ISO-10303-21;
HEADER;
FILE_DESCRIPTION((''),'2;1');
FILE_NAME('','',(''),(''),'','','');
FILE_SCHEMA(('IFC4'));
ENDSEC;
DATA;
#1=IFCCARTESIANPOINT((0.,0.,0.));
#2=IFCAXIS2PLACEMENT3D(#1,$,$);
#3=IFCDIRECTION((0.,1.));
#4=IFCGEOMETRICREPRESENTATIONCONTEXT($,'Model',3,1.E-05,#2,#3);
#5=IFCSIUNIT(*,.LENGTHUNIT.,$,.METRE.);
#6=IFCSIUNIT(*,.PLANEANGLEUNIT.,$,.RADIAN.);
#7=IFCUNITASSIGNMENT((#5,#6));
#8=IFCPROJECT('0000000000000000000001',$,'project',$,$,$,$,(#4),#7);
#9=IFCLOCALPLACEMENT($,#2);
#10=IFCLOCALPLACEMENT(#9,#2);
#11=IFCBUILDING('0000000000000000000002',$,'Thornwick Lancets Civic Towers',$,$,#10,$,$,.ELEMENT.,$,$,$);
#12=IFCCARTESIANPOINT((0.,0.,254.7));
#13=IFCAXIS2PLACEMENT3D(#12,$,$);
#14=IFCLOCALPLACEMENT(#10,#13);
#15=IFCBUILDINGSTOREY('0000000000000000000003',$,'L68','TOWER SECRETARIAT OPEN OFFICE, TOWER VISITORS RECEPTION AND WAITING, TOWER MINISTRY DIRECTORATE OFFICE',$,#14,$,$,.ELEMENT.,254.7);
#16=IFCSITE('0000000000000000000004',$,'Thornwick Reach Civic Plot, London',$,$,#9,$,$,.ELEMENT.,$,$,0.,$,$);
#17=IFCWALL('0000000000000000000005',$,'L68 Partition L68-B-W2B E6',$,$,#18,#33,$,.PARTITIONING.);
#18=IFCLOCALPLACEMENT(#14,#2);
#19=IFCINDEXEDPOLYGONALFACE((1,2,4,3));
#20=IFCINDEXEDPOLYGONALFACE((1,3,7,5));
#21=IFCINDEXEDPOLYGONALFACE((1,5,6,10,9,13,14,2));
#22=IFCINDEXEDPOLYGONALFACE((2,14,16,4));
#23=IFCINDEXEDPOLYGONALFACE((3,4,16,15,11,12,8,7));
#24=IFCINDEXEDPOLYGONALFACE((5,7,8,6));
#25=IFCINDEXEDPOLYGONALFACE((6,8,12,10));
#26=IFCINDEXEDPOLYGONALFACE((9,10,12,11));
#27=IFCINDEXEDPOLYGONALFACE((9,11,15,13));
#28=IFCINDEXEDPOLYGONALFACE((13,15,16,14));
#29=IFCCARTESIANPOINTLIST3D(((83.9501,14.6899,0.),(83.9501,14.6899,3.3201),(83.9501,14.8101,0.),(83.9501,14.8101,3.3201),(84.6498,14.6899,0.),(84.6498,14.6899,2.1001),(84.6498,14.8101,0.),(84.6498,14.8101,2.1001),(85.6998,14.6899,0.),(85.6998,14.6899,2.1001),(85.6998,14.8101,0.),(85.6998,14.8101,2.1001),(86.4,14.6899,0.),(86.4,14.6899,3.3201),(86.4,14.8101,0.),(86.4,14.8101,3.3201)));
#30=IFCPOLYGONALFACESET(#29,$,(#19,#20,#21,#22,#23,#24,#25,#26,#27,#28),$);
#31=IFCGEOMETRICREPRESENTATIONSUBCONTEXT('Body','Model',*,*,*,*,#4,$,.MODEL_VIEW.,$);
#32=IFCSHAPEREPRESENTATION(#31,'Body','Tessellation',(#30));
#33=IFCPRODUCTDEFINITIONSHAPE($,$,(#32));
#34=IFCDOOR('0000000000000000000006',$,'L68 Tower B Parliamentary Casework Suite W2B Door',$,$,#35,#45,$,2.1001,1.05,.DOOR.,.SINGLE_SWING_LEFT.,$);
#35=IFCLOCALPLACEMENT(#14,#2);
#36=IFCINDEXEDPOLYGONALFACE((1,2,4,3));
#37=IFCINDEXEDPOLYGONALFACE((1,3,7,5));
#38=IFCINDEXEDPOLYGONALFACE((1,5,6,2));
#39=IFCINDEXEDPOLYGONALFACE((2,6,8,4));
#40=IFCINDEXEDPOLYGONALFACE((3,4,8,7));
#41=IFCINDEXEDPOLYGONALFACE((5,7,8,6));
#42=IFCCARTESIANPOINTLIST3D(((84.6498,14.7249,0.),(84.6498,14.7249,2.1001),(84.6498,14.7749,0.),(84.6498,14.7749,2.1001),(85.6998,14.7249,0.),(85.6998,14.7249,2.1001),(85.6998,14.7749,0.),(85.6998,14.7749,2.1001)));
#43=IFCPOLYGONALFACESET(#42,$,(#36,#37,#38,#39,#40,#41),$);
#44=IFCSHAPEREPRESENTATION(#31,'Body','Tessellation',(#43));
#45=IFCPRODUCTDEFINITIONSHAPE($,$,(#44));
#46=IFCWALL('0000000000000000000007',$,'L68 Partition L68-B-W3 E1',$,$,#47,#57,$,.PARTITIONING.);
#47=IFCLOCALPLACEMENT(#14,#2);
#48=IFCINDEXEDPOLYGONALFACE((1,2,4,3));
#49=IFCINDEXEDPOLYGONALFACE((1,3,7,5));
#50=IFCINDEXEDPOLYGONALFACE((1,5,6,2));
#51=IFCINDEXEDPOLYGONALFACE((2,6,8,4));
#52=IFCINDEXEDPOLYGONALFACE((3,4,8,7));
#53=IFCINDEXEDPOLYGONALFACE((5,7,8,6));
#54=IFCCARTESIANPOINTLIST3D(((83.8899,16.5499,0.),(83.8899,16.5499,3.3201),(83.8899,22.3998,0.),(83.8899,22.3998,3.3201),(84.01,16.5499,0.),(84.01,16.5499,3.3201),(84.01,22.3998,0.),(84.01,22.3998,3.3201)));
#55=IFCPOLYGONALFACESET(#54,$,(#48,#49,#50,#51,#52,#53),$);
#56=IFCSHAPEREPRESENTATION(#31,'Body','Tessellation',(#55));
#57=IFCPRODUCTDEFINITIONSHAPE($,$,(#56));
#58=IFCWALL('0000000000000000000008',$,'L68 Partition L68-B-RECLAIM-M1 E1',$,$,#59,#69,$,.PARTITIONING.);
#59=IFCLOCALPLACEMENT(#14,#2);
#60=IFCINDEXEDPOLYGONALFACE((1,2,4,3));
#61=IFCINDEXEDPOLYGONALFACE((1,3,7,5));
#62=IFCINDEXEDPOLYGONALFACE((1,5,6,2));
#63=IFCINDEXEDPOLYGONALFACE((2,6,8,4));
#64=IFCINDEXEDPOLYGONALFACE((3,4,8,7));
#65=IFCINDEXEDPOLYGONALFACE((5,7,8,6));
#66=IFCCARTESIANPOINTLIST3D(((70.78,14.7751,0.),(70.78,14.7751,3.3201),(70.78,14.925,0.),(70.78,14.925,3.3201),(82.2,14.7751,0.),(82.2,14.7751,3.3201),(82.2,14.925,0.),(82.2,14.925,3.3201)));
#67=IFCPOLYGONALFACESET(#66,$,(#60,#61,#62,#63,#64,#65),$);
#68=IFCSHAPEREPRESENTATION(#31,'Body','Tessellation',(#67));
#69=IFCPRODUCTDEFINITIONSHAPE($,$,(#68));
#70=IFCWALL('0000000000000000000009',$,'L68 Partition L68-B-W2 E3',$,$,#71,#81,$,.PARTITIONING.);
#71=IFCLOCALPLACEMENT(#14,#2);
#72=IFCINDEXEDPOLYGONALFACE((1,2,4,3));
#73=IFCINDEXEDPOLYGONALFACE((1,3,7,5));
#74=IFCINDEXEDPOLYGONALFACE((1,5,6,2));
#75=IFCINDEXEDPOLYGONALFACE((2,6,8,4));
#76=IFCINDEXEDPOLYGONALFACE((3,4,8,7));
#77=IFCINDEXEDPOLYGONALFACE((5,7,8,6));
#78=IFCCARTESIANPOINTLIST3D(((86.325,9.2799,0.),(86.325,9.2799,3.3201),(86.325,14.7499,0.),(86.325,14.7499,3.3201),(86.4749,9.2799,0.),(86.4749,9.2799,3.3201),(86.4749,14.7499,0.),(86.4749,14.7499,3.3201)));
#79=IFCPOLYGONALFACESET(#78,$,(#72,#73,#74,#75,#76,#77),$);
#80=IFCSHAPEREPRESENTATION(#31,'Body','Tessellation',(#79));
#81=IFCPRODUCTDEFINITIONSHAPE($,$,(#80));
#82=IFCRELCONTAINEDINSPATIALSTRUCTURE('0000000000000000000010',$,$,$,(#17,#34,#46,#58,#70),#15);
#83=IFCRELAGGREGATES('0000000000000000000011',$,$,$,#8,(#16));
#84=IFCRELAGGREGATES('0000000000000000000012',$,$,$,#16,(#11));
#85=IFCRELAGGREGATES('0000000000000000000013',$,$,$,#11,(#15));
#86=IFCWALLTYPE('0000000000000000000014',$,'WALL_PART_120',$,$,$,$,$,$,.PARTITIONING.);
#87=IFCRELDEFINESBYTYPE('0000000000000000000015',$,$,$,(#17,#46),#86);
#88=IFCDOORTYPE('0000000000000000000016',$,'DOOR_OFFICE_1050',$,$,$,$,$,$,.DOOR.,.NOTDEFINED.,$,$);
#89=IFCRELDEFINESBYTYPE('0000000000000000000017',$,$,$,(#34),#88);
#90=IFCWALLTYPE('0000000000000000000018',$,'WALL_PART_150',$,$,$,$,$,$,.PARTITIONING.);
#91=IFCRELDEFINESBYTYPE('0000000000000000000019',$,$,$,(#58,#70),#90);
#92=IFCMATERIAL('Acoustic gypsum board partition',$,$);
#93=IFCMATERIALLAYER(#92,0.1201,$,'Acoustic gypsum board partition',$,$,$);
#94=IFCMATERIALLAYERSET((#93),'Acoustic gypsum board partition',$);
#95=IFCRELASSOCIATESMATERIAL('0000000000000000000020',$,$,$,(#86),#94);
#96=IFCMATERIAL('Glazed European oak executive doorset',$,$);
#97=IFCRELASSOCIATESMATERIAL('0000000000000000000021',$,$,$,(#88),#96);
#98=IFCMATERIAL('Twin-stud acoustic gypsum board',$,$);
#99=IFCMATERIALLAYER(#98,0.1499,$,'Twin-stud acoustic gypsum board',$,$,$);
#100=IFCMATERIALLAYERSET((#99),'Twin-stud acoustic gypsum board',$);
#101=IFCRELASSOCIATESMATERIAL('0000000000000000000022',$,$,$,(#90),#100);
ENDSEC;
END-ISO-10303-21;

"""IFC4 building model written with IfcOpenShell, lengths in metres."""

from ifc_helpers import new_model, si_unit, direction, frame, frame_2d, origin, place, context, subcontext, project, spatial, rectangle, extrude, material, layer, layer_set, type_object, element, fill, save


model = new_model("IFC4")

# Units and contexts
model_context = context("Model", 3, precision=1e-05, world=origin(), true_north=direction((0.0, 1.0)))
body_context = subcontext(model_context, "Body", "Model", "MODEL_VIEW")
ifc_project = project(units=[si_unit("LENGTHUNIT", "METRE"), si_unit("PLANEANGLEUNIT", "RADIAN")], contexts=[model_context])

# Site, building, storey
site_placement = place(None, origin())
site = spatial("IfcSite", under=ifc_project, at=site_placement, Name="Thornwick Reach Civic Plot, London", CompositionType="ELEMENT", RefElevation=0.0)
building_placement = place(site_placement, origin())
building = spatial("IfcBuilding", under=site, at=building_placement, Name="Thornwick Lancets Civic Towers", CompositionType="ELEMENT")
storey_placement = place(building_placement, frame((0.0, 0.0, 254.7)))
storey = spatial("IfcBuildingStorey", under=building, at=storey_placement, Name="L68", Description="TOWER SECRETARIAT OPEN OFFICE, TOWER VISITORS RECEPTION AND WAITING, TOWER MINISTRY DIRECTORATE OFFICE", CompositionType="ELEMENT", Elevation=254.7)

# Shared definitions
ifc_material_1 = material(Name="Acoustic gypsum board partition")
ifc_layer_1 = layer(ifc_material_1, 0.1201, Name="Acoustic gypsum board partition")
ifc_layer_set_1 = layer_set([ifc_layer_1], Name="Acoustic gypsum board partition")
wall_type_1 = type_object("IfcWallType", Name="WALL_PART_120", PredefinedType="PARTITIONING", material=ifc_layer_set_1)

# Wall, opening, door
wall_1_placement = place(storey_placement, frame((83.95, 14.75, 0.0), z_axis=(0.0, 0.0, 1.0), x_axis=(1.0, 0.0, 0.0)))
wall_1 = element("IfcWall", 1, at=wall_1_placement, inside=storey, type_object=wall_type_1, Name="L68 Partition L68-B-W2B E6", PredefinedType="PARTITIONING", context=body_context, shape_type="SweptSolid", body=[
    extrude(rectangle(XDim=2.45, YDim=0.1201, at=frame_2d((1.2251, 0.0))), origin(), (0.0, 0.0, 1.0), 3.3201),
])
opening_1_placement = place(wall_1_placement, frame((0.7, 0.0, 0.0)))
opening_1 = element("IfcOpeningElement", 2, at=opening_1_placement, cuts=wall_1, PredefinedType="OPENING", context=body_context, shape_type="SweptSolid", body=[
    extrude(rectangle(XDim=1.05, YDim=2.1001, at=frame_2d((0.5249, 1.05))), frame((0.0, 0.0701, 0.0), z_axis=(0.0, -1.0, 0.0), x_axis=(1.0, 0.0, 0.0)), (0.0, 0.0, 1.0), 0.1401),
])
ifc_material_2 = material(Name="Glazed European oak executive doorset")
door_type_1 = type_object("IfcDoorType", Name="DOOR_OFFICE_1050", OperationType="NOTDEFINED", PredefinedType="DOOR", material=ifc_material_2)
door_1_placement = place(opening_1_placement, origin())
door_1 = element("IfcDoor", 3, at=door_1_placement, inside=storey, type_object=door_type_1, Name="L68 Tower B Parliamentary Casework Suite W2B Door", OperationType="SINGLE_SWING_LEFT", OverallHeight=2.1001, OverallWidth=1.05, PredefinedType="DOOR", context=body_context, shape_type="SweptSolid", body=[
    extrude(rectangle(XDim=1.05, YDim=2.1001, at=frame_2d((0.5249, 1.05))), frame((0.0, 0.0249, 0.0), z_axis=(0.0, -1.0, 0.0), x_axis=(1.0, 0.0, 0.0)), (0.0, 0.0, 1.0), 0.05),
])
fill(opening_1, door_1)

# Walls
wall_2_placement = place(storey_placement, frame((83.95, 16.55, 0.0), z_axis=(0.0, 0.0, 1.0), x_axis=(0.0, 1.0, 0.0)))
element("IfcWall", 4, at=wall_2_placement, inside=storey, type_object=wall_type_1, Name="L68 Partition L68-B-W3 E1", PredefinedType="PARTITIONING", context=body_context, shape_type="SweptSolid", body=[
    extrude(rectangle(XDim=5.8499, YDim=0.1201, at=frame_2d((2.9248, 0.0))), origin(), (0.0, 0.0, 1.0), 3.3201),
])
ifc_material_3 = material(Name="Twin-stud acoustic gypsum board")
ifc_layer_2 = layer(ifc_material_3, 0.1499, Name="Twin-stud acoustic gypsum board")
ifc_layer_set_2 = layer_set([ifc_layer_2], Name="Twin-stud acoustic gypsum board")
wall_type_2 = type_object("IfcWallType", Name="WALL_PART_150", PredefinedType="PARTITIONING", material=ifc_layer_set_2)
wall_3_placement = place(storey_placement, frame((82.2, 14.8501, 0.0), z_axis=(0.0, 0.0, 1.0), x_axis=(-1.0, 0.0, 0.0)))
element("IfcWall", 5, at=wall_3_placement, inside=storey, type_object=wall_type_2, Name="L68 Partition L68-B-RECLAIM-M1 E1", PredefinedType="PARTITIONING", context=body_context, shape_type="SweptSolid", body=[
    extrude(rectangle(XDim=11.4199, YDim=0.1499, at=frame_2d((5.71, 0.0))), origin(), (0.0, 0.0, 1.0), 3.3201),
])

# Wall
wall_4_placement = place(storey_placement, frame((86.3999, 9.28, 0.0), z_axis=(0.0, 0.0, 1.0), x_axis=(0.0, 1.0, 0.0)))
element("IfcWall", 6, at=wall_4_placement, inside=storey, type_object=wall_type_2, Name="L68 Partition L68-B-W2 E3", PredefinedType="PARTITIONING", context=body_context, shape_type="SweptSolid", body=[
    extrude(rectangle(XDim=5.47, YDim=0.1499, at=frame_2d((2.7349, 0.0))), origin(), (0.0, 0.0, 1.0), 3.3201),
])

save(model, "model.ifc")
